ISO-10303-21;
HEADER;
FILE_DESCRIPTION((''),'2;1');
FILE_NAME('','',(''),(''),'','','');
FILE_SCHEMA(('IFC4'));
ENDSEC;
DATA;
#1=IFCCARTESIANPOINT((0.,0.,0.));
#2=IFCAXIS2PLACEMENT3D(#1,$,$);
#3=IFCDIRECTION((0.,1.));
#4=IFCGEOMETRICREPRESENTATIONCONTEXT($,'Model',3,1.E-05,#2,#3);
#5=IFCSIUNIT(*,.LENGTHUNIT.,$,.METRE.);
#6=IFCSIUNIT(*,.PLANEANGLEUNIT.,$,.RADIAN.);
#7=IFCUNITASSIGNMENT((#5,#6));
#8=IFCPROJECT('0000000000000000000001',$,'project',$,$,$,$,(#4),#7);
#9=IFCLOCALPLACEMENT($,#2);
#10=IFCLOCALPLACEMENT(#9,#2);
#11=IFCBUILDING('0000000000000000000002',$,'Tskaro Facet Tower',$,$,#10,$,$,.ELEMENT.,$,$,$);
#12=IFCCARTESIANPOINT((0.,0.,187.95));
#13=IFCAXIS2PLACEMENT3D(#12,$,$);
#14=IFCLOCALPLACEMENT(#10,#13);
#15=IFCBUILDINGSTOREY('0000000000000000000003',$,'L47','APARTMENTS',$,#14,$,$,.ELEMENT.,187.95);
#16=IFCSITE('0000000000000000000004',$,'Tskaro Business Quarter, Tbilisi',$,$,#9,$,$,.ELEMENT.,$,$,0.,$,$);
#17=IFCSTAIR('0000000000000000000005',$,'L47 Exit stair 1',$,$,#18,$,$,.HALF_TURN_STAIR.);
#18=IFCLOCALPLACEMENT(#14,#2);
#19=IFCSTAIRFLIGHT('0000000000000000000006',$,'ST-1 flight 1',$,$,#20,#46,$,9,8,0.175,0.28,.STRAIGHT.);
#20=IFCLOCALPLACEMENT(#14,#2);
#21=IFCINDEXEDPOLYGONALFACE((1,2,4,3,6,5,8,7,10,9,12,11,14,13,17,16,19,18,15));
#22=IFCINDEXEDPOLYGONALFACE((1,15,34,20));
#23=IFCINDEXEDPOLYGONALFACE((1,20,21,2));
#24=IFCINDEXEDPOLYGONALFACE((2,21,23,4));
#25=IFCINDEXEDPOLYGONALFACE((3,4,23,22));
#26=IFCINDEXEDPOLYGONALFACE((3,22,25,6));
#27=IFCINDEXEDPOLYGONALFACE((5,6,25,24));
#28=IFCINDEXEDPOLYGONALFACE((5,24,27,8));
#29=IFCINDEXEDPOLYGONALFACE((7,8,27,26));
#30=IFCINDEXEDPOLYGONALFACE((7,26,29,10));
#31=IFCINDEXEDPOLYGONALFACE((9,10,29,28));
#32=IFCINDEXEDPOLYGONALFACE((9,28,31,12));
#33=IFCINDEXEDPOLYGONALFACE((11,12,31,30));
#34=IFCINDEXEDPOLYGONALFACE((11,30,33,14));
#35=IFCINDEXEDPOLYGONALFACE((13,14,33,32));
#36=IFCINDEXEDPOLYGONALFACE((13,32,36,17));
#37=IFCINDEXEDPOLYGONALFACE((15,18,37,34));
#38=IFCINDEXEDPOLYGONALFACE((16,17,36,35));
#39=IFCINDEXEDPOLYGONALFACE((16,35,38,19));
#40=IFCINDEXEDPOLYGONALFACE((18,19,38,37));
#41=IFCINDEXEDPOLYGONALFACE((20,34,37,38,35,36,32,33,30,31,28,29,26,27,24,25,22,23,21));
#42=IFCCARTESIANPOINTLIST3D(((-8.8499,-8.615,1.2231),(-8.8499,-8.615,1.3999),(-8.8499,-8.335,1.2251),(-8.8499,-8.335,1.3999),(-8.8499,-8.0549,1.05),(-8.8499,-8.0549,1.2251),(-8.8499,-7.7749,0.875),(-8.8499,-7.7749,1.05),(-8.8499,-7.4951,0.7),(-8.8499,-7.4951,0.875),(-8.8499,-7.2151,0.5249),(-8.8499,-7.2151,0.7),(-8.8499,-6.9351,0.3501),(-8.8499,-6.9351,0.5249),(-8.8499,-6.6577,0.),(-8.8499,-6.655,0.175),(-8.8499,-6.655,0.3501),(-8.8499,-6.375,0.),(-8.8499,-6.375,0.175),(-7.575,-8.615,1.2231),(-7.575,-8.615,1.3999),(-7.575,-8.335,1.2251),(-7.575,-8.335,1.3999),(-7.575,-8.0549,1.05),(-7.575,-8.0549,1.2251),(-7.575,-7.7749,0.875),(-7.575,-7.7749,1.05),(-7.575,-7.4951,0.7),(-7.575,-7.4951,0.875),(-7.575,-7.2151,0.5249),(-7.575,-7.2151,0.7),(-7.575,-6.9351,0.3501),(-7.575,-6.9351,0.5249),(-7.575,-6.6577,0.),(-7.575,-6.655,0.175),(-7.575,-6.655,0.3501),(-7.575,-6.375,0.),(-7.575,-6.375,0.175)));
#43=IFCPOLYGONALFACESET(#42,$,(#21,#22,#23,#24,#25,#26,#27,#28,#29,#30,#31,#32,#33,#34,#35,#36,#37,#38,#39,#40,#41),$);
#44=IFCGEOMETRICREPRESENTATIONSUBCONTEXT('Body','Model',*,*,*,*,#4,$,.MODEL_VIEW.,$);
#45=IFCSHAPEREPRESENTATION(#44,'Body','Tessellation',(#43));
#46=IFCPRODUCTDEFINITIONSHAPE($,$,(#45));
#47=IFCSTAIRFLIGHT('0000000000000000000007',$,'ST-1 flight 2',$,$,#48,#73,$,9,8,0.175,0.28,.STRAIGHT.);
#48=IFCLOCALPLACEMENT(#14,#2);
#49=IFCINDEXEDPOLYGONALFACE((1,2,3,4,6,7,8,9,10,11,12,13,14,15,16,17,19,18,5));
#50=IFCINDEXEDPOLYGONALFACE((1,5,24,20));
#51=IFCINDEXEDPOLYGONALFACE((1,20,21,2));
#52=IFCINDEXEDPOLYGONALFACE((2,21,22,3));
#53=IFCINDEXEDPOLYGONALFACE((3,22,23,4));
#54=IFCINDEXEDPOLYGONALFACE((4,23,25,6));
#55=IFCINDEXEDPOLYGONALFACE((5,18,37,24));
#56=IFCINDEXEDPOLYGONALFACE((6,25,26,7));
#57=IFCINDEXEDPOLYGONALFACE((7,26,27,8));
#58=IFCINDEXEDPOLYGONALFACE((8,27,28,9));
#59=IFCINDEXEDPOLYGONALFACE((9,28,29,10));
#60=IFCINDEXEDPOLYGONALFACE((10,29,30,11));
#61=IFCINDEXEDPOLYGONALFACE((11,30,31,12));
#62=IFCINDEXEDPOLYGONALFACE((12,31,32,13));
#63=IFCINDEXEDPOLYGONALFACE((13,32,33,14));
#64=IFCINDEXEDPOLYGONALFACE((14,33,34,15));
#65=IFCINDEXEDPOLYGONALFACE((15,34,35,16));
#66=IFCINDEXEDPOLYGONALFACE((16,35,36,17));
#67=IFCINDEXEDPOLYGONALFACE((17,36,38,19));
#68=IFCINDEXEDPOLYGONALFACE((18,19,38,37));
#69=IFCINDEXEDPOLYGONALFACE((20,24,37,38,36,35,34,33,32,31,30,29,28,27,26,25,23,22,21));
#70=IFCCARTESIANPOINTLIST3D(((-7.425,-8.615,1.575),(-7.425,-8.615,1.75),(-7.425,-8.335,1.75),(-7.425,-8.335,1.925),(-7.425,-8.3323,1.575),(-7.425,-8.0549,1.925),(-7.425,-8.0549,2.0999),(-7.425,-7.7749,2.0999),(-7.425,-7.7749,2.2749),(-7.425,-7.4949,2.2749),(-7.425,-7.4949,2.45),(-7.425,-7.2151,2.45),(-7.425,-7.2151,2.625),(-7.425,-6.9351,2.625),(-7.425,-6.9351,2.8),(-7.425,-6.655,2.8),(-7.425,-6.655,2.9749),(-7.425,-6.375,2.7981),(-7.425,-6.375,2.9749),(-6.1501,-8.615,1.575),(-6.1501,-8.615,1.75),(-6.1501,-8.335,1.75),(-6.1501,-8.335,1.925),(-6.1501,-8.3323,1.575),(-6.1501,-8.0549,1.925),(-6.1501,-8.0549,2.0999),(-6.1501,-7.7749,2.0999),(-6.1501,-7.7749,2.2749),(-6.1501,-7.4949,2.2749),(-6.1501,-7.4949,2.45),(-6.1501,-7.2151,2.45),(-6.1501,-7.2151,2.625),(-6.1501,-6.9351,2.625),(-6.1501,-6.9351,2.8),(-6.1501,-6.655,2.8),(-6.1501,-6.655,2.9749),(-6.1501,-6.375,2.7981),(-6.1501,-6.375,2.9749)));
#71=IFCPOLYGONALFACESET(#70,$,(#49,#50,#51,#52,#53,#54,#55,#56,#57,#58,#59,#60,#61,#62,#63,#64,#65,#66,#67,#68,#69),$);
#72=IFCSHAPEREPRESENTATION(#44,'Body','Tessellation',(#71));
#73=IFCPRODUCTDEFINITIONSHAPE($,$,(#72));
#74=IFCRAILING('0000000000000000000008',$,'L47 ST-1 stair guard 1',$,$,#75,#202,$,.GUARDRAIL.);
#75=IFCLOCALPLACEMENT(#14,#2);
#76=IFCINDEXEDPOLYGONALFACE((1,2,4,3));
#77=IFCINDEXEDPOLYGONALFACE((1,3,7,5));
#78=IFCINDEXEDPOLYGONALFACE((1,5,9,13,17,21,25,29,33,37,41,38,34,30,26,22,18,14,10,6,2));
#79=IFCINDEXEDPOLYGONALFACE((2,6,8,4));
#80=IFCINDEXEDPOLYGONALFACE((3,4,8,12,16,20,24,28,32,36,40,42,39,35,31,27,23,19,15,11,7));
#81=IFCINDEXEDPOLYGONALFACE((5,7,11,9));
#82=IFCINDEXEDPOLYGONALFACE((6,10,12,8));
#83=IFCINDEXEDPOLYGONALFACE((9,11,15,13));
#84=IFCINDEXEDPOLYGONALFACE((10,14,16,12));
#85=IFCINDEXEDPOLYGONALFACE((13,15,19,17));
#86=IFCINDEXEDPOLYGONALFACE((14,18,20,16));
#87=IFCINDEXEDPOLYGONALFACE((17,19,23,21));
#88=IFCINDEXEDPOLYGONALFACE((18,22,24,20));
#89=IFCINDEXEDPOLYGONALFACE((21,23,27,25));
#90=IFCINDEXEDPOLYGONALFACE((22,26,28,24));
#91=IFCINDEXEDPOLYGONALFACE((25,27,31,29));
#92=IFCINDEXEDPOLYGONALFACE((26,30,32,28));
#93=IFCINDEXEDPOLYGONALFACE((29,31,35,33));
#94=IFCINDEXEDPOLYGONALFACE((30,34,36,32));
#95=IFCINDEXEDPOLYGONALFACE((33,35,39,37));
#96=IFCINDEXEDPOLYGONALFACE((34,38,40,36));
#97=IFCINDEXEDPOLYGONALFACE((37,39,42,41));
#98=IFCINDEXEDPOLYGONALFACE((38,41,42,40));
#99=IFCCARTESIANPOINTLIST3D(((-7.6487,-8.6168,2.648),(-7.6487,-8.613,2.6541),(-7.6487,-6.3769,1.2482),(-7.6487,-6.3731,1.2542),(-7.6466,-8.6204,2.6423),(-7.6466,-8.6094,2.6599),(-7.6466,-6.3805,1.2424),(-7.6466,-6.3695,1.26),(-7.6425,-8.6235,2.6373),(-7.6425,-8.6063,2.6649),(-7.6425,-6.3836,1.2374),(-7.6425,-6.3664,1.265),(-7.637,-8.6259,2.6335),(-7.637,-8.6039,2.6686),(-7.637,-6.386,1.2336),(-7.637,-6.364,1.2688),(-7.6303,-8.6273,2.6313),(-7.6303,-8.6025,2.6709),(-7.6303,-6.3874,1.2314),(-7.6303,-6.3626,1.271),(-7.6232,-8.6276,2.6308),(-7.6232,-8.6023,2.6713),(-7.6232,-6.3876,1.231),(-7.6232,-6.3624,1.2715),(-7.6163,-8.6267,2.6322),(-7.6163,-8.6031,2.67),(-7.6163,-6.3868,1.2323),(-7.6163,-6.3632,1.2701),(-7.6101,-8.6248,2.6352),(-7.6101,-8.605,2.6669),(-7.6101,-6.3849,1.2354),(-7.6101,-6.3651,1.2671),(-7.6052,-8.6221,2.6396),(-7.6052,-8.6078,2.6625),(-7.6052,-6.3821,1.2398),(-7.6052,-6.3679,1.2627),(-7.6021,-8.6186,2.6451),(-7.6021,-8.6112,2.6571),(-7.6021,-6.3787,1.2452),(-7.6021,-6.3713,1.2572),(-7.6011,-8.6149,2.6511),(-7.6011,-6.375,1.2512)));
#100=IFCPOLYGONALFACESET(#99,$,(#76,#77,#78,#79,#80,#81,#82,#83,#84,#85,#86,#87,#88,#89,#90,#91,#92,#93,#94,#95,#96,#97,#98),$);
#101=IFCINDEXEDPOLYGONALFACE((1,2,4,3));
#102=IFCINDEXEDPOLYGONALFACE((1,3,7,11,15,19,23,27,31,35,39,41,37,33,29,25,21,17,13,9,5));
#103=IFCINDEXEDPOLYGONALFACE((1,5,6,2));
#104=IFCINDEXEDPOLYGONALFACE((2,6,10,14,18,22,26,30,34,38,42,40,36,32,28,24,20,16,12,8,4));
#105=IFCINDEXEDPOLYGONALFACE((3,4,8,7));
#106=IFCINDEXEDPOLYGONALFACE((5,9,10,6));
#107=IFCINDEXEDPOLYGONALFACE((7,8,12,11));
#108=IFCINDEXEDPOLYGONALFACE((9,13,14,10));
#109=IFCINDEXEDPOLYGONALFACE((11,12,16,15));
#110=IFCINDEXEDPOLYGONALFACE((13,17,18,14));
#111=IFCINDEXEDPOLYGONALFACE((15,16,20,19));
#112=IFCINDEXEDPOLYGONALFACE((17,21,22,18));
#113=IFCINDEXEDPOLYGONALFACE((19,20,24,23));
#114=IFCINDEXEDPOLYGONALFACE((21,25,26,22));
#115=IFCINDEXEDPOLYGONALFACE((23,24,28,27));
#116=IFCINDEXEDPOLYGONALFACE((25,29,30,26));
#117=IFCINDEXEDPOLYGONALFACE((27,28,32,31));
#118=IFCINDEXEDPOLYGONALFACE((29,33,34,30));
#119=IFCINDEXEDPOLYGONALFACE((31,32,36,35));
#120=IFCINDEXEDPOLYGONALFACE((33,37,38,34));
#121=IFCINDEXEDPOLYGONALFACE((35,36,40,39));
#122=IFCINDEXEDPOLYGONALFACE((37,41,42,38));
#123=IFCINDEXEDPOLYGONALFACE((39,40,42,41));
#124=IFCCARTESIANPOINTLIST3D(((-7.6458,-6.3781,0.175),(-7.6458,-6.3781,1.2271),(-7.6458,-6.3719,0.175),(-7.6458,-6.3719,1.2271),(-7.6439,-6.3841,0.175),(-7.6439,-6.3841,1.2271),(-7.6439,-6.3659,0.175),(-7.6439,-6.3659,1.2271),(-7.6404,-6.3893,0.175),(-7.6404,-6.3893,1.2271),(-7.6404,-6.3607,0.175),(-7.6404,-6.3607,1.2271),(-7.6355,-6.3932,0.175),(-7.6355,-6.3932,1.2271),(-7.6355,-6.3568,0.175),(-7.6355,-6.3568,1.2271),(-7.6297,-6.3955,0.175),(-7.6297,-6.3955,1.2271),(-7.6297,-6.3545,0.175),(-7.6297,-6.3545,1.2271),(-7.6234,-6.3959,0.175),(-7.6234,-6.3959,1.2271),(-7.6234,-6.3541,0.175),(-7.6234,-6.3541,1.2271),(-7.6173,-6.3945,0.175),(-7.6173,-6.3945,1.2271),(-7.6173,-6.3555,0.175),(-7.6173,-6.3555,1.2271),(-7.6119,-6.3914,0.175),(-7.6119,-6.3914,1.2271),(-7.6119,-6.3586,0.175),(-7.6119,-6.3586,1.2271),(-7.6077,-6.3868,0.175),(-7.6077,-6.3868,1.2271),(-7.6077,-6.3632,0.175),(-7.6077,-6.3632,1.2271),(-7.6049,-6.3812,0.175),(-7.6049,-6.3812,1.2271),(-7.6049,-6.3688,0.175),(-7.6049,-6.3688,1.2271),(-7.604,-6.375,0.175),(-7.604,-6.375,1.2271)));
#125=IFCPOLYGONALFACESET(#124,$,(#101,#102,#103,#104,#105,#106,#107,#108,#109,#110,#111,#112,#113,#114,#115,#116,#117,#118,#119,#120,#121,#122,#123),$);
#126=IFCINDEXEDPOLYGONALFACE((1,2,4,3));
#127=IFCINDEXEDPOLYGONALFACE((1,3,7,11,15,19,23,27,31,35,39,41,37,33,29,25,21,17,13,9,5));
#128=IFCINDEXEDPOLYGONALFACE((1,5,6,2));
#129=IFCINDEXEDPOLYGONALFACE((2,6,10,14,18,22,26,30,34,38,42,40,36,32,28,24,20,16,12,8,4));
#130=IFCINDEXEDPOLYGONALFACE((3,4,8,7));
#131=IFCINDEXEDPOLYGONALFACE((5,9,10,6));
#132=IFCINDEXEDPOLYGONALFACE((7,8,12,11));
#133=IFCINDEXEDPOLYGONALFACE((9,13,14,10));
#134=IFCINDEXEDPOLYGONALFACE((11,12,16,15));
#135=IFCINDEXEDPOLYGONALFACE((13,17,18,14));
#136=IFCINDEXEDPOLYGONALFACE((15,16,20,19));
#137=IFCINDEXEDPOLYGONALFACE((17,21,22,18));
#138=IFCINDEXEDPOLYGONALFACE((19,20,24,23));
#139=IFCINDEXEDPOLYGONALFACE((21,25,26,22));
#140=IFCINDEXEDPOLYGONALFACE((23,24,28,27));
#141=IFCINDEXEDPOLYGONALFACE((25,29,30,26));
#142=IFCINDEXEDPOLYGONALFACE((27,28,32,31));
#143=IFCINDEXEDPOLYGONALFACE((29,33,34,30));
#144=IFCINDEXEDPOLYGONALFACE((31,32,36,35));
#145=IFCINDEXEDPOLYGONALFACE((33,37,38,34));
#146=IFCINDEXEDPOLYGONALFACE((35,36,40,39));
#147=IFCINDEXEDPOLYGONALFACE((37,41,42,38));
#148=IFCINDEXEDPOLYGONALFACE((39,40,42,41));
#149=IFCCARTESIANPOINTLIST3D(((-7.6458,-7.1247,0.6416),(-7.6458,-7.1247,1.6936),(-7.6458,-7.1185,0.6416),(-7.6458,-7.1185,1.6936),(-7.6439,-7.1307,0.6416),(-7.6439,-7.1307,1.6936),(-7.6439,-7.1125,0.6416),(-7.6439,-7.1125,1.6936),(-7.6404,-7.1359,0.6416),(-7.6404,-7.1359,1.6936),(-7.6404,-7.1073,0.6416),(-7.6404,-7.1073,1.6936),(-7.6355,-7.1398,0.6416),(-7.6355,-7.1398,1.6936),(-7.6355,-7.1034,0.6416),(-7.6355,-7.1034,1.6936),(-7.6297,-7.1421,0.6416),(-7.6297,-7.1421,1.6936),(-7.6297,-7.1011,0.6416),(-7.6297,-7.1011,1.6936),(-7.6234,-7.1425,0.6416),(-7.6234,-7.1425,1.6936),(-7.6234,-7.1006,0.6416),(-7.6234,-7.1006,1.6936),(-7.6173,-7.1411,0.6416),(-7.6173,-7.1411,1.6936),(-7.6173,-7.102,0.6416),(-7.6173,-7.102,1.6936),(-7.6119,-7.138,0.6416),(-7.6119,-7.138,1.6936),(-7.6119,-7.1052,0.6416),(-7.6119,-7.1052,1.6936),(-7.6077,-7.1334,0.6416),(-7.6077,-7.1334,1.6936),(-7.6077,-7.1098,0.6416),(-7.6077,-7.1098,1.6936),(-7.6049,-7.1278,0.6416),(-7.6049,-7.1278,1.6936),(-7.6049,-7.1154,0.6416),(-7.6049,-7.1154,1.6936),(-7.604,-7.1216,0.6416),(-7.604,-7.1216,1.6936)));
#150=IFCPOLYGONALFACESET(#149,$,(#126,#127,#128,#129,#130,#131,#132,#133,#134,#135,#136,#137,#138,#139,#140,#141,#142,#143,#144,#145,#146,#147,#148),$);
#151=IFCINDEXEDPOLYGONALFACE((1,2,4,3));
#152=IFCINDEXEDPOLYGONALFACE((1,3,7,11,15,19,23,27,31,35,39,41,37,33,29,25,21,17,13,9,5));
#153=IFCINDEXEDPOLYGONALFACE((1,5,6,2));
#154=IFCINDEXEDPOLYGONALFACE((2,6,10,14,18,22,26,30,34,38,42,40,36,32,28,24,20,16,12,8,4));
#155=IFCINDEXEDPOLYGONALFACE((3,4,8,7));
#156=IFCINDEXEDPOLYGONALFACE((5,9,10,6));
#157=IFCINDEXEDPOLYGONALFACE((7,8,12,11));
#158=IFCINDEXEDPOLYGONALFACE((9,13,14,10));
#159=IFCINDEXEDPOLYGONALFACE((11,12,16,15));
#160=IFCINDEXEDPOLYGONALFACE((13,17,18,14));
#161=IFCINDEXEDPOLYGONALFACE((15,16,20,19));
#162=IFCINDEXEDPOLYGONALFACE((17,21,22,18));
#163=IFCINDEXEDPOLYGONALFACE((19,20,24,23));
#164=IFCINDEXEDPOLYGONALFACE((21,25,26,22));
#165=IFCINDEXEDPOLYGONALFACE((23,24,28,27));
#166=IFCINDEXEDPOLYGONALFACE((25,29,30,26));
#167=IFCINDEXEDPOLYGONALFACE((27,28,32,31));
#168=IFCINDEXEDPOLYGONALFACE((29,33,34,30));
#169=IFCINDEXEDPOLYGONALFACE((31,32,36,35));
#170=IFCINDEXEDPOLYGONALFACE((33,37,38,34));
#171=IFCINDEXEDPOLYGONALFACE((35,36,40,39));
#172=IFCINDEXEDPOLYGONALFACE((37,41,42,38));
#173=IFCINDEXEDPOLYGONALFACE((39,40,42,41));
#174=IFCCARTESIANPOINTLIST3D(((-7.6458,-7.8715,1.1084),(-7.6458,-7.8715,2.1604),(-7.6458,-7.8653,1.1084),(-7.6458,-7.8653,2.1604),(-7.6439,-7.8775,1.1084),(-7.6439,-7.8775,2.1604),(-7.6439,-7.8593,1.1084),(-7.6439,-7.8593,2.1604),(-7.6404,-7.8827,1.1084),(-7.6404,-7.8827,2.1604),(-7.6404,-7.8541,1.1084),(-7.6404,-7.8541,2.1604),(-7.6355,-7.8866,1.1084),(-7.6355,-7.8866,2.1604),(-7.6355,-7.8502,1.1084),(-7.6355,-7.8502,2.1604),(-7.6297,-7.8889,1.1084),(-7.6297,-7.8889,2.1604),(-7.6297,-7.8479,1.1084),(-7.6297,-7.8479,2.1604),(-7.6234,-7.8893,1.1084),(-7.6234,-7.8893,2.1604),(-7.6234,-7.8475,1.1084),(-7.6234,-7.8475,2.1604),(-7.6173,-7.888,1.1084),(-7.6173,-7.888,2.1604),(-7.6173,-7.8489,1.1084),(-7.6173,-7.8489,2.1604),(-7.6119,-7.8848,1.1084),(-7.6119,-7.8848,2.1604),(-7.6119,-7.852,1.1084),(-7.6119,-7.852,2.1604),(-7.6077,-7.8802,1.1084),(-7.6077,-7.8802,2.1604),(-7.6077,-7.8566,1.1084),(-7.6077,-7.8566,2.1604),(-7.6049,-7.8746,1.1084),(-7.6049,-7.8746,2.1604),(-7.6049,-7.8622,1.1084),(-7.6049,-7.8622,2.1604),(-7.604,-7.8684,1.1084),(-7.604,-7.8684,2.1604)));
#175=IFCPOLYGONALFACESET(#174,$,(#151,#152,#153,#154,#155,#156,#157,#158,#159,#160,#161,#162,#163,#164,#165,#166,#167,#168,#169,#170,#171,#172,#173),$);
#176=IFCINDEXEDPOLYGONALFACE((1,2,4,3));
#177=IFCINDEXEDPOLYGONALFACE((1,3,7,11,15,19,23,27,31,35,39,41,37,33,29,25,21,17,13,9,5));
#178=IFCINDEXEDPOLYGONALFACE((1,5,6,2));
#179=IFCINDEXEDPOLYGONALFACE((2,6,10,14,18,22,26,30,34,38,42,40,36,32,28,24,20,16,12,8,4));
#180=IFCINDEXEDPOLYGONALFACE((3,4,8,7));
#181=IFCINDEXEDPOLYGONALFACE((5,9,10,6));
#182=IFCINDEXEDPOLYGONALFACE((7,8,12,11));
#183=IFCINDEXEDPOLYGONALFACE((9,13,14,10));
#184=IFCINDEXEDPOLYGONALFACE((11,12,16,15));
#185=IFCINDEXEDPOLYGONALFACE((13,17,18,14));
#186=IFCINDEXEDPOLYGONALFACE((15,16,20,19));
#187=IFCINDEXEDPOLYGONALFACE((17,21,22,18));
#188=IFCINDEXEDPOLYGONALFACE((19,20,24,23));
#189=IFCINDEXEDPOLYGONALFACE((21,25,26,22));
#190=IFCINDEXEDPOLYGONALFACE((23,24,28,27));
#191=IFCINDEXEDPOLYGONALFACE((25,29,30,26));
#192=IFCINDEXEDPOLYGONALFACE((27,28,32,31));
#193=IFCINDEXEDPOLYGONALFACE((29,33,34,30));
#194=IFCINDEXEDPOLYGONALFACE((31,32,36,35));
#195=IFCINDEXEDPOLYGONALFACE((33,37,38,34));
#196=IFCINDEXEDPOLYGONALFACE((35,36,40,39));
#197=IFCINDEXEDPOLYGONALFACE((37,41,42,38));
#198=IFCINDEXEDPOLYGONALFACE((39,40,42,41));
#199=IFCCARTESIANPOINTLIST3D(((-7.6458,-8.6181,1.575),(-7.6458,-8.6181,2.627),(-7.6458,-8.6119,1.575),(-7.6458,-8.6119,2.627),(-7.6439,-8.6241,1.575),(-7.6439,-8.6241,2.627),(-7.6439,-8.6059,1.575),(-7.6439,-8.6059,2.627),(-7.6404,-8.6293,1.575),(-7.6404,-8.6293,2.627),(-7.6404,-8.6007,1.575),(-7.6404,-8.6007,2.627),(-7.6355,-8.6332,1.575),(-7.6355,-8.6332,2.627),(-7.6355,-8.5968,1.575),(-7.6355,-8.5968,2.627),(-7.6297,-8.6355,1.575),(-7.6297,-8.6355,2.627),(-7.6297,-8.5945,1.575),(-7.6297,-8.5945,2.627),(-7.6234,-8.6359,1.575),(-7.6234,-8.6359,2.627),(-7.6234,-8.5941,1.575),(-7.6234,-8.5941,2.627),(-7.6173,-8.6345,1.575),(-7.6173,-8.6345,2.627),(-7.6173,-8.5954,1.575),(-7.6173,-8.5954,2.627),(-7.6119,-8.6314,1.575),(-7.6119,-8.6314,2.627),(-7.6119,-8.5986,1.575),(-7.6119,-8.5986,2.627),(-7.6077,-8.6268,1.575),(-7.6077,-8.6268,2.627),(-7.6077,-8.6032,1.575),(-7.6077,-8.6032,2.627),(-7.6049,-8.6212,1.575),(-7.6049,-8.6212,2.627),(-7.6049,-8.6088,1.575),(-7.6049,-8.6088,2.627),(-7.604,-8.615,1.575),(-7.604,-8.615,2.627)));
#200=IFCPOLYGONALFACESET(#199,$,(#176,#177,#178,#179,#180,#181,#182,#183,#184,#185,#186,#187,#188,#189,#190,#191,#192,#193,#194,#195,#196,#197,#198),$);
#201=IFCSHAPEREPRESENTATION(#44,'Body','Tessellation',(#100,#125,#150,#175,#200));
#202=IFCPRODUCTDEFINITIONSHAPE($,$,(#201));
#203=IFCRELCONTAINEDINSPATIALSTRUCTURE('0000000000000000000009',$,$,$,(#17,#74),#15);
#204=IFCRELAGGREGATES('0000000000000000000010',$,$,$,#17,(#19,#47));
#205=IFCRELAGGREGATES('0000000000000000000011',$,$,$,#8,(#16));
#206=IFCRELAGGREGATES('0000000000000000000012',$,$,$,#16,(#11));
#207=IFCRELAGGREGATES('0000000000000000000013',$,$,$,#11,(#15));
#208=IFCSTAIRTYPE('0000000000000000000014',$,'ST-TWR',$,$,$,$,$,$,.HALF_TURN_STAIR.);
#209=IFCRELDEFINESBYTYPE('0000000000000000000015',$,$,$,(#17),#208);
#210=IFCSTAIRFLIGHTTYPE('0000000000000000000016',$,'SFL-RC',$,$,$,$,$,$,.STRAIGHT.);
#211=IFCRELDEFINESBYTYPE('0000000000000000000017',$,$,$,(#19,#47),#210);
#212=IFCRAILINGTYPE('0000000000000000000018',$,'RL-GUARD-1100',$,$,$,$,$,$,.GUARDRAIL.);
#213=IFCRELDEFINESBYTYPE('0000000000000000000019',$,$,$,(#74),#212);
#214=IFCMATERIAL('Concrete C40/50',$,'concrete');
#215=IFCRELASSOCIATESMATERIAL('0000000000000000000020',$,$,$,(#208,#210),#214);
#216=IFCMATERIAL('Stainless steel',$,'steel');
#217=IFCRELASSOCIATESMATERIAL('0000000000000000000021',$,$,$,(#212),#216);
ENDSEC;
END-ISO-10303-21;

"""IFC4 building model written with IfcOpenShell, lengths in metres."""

from ifc_helpers import new_model, si_unit, direction, frame, origin, origin_2d, place, context, subcontext, project, spatial, polyline, circle, outline, extrude, material, type_object, element, aggregate, save


model = new_model("IFC4")

# Units and contexts
model_context = context("Model", 3, precision=1e-05, world=origin(), true_north=direction((0.0, 1.0)))
body_context = subcontext(model_context, "Body", "Model", "MODEL_VIEW")
ifc_project = project(units=[si_unit("LENGTHUNIT", "METRE"), si_unit("PLANEANGLEUNIT", "RADIAN")], contexts=[model_context])

# Site, building, storey
site_placement = place(None, origin())
site = spatial("IfcSite", under=ifc_project, at=site_placement, Name="Tskaro Business Quarter, Tbilisi", CompositionType="ELEMENT", RefElevation=0.0)
building_placement = place(site_placement, origin())
building = spatial("IfcBuilding", under=site, at=building_placement, Name="Tskaro Facet Tower", CompositionType="ELEMENT")
storey_placement = place(building_placement, frame((0.0, 0.0, 187.95)))
storey = spatial("IfcBuildingStorey", under=building, at=storey_placement, Name="L47", Description="APARTMENTS", CompositionType="ELEMENT", Elevation=187.95)

# Shared definitions
ifc_material_1 = material(Name="Stainless steel", Category="steel")

# Shared definitions
ifc_material_2 = material(Name="Concrete C40/50", Category="concrete")

# Stair, stair flights
stair_type = type_object("IfcStairType", Name="ST-TWR", PredefinedType="HALF_TURN_STAIR", material=ifc_material_2)
stair_placement = place(storey_placement, origin())
stair = element("IfcStair", 1, at=stair_placement, inside=storey, type_object=stair_type, Name="L47 Exit stair 1", PredefinedType="HALF_TURN_STAIR")
stair_flight_type = type_object("IfcStairFlightType", Name="SFL-RC", PredefinedType="STRAIGHT", material=ifc_material_2)
stair_flight_1_placement = place(storey_placement, frame((-8.2124, -6.375, 0.0), z_axis=(0.0, 0.0, 1.0), x_axis=(0.0, -1.0, 0.0)))
stair_flight_1 = element("IfcStairFlight", 2, at=stair_flight_1_placement, type_object=stair_flight_type, Name="ST-1 flight 1", NumberOfRisers=9, NumberOfTreads=8, PredefinedType="STRAIGHT", RiserHeight=0.175, TreadLength=0.28, context=body_context, shape_type="SweptSolid", body=[
    extrude(outline(polyline([(0.0, 0.0), (0.0, 0.175), (0.28, 0.175), (0.28, 0.3501), (0.5601, 0.3501), (0.5601, 0.5249), (0.8401, 0.5249), (0.8401, 0.7), (1.1201, 0.7), (1.1201, 0.875), (1.3999, 0.875), (1.3999, 1.05), (1.6799, 1.05), (1.6799, 1.2251), (1.96, 1.2251), (1.96, 1.3999), (2.24, 1.3999), (2.24, 1.575), (2.24, 1.2231), (0.2827, 0.0), (0.0, 0.0)])), frame((0.0, 0.6375, 0.0), z_axis=(0.0, -1.0, 0.0), x_axis=(1.0, 0.0, 0.0)), (0.0, 0.0, 1.0), 1.2749),
])
stair_flight_2_placement = place(storey_placement, frame((-6.7876, -8.615, 1.575), z_axis=(0.0, 0.0, 1.0), x_axis=(0.0, 1.0, 0.0)))
stair_flight_2 = element("IfcStairFlight", 3, at=stair_flight_2_placement, type_object=stair_flight_type, Name="ST-1 flight 2", NumberOfRisers=9, NumberOfTreads=8, PredefinedType="STRAIGHT", RiserHeight=0.175, TreadLength=0.28, context=body_context, shape_type="SweptSolid", body=[
    extrude(outline(polyline([(0.0, 0.0), (0.0, 0.175), (0.28, 0.175), (0.28, 0.3501), (0.5601, 0.3501), (0.5601, 0.5249), (0.8401, 0.5249), (0.8401, 0.7), (1.1201, 0.7), (1.1201, 0.875), (1.3999, 0.875), (1.3999, 1.05), (1.6799, 1.05), (1.6799, 1.2251), (1.96, 1.2251), (1.96, 1.3999), (2.24, 1.3999), (2.24, 1.575), (2.24, 1.2231), (0.2827, 0.0), (0.0, 0.0)])), frame((0.0, 0.6375, 0.0), z_axis=(0.0, -1.0, 0.0), x_axis=(1.0, 0.0, 0.0)), (0.0, 0.0, 1.0), 1.2749),
])
aggregate(stair, [stair_flight_1, stair_flight_2])

# Railing
railing_type_1 = type_object("IfcRailingType", Name="RL-GUARD-1100", PredefinedType="GUARDRAIL", material=ifc_material_1)
railing_1_placement = place(storey_placement, frame((-7.625, -6.375, 0.175)))
element("IfcRailing", 4, at=railing_1_placement, inside=storey, type_object=railing_type_1, Name="L47 ST-1 stair guard 1", PredefinedType="GUARDRAIL", context=body_context, shape_type="SweptSolid", body=[
    extrude(circle(Radius=0.0239, at=origin_2d()), frame((0.0, 0.0, 1.0762), z_axis=(0.0, -0.848014, 0.529974), x_axis=(1.0, 0.0, 0.0)), (0.0, 0.0, 1.0), 2.6414),
    extrude(circle(Radius=0.021, at=origin_2d()), origin(), (0.0, 0.0, 1.0), 1.052),
    extrude(circle(Radius=0.021, at=origin_2d()), frame((0.0, -0.7466, 0.4666)), (0.0, 0.0, 1.0), 1.052),
    extrude(circle(Radius=0.021, at=origin_2d()), frame((0.0, -1.4934, 0.9333)), (0.0, 0.0, 1.0), 1.052),
    extrude(circle(Radius=0.021, at=origin_2d()), frame((0.0, -2.24, 1.3999)), (0.0, 0.0, 1.0), 1.052),
])

save(model, "model.ifc")
